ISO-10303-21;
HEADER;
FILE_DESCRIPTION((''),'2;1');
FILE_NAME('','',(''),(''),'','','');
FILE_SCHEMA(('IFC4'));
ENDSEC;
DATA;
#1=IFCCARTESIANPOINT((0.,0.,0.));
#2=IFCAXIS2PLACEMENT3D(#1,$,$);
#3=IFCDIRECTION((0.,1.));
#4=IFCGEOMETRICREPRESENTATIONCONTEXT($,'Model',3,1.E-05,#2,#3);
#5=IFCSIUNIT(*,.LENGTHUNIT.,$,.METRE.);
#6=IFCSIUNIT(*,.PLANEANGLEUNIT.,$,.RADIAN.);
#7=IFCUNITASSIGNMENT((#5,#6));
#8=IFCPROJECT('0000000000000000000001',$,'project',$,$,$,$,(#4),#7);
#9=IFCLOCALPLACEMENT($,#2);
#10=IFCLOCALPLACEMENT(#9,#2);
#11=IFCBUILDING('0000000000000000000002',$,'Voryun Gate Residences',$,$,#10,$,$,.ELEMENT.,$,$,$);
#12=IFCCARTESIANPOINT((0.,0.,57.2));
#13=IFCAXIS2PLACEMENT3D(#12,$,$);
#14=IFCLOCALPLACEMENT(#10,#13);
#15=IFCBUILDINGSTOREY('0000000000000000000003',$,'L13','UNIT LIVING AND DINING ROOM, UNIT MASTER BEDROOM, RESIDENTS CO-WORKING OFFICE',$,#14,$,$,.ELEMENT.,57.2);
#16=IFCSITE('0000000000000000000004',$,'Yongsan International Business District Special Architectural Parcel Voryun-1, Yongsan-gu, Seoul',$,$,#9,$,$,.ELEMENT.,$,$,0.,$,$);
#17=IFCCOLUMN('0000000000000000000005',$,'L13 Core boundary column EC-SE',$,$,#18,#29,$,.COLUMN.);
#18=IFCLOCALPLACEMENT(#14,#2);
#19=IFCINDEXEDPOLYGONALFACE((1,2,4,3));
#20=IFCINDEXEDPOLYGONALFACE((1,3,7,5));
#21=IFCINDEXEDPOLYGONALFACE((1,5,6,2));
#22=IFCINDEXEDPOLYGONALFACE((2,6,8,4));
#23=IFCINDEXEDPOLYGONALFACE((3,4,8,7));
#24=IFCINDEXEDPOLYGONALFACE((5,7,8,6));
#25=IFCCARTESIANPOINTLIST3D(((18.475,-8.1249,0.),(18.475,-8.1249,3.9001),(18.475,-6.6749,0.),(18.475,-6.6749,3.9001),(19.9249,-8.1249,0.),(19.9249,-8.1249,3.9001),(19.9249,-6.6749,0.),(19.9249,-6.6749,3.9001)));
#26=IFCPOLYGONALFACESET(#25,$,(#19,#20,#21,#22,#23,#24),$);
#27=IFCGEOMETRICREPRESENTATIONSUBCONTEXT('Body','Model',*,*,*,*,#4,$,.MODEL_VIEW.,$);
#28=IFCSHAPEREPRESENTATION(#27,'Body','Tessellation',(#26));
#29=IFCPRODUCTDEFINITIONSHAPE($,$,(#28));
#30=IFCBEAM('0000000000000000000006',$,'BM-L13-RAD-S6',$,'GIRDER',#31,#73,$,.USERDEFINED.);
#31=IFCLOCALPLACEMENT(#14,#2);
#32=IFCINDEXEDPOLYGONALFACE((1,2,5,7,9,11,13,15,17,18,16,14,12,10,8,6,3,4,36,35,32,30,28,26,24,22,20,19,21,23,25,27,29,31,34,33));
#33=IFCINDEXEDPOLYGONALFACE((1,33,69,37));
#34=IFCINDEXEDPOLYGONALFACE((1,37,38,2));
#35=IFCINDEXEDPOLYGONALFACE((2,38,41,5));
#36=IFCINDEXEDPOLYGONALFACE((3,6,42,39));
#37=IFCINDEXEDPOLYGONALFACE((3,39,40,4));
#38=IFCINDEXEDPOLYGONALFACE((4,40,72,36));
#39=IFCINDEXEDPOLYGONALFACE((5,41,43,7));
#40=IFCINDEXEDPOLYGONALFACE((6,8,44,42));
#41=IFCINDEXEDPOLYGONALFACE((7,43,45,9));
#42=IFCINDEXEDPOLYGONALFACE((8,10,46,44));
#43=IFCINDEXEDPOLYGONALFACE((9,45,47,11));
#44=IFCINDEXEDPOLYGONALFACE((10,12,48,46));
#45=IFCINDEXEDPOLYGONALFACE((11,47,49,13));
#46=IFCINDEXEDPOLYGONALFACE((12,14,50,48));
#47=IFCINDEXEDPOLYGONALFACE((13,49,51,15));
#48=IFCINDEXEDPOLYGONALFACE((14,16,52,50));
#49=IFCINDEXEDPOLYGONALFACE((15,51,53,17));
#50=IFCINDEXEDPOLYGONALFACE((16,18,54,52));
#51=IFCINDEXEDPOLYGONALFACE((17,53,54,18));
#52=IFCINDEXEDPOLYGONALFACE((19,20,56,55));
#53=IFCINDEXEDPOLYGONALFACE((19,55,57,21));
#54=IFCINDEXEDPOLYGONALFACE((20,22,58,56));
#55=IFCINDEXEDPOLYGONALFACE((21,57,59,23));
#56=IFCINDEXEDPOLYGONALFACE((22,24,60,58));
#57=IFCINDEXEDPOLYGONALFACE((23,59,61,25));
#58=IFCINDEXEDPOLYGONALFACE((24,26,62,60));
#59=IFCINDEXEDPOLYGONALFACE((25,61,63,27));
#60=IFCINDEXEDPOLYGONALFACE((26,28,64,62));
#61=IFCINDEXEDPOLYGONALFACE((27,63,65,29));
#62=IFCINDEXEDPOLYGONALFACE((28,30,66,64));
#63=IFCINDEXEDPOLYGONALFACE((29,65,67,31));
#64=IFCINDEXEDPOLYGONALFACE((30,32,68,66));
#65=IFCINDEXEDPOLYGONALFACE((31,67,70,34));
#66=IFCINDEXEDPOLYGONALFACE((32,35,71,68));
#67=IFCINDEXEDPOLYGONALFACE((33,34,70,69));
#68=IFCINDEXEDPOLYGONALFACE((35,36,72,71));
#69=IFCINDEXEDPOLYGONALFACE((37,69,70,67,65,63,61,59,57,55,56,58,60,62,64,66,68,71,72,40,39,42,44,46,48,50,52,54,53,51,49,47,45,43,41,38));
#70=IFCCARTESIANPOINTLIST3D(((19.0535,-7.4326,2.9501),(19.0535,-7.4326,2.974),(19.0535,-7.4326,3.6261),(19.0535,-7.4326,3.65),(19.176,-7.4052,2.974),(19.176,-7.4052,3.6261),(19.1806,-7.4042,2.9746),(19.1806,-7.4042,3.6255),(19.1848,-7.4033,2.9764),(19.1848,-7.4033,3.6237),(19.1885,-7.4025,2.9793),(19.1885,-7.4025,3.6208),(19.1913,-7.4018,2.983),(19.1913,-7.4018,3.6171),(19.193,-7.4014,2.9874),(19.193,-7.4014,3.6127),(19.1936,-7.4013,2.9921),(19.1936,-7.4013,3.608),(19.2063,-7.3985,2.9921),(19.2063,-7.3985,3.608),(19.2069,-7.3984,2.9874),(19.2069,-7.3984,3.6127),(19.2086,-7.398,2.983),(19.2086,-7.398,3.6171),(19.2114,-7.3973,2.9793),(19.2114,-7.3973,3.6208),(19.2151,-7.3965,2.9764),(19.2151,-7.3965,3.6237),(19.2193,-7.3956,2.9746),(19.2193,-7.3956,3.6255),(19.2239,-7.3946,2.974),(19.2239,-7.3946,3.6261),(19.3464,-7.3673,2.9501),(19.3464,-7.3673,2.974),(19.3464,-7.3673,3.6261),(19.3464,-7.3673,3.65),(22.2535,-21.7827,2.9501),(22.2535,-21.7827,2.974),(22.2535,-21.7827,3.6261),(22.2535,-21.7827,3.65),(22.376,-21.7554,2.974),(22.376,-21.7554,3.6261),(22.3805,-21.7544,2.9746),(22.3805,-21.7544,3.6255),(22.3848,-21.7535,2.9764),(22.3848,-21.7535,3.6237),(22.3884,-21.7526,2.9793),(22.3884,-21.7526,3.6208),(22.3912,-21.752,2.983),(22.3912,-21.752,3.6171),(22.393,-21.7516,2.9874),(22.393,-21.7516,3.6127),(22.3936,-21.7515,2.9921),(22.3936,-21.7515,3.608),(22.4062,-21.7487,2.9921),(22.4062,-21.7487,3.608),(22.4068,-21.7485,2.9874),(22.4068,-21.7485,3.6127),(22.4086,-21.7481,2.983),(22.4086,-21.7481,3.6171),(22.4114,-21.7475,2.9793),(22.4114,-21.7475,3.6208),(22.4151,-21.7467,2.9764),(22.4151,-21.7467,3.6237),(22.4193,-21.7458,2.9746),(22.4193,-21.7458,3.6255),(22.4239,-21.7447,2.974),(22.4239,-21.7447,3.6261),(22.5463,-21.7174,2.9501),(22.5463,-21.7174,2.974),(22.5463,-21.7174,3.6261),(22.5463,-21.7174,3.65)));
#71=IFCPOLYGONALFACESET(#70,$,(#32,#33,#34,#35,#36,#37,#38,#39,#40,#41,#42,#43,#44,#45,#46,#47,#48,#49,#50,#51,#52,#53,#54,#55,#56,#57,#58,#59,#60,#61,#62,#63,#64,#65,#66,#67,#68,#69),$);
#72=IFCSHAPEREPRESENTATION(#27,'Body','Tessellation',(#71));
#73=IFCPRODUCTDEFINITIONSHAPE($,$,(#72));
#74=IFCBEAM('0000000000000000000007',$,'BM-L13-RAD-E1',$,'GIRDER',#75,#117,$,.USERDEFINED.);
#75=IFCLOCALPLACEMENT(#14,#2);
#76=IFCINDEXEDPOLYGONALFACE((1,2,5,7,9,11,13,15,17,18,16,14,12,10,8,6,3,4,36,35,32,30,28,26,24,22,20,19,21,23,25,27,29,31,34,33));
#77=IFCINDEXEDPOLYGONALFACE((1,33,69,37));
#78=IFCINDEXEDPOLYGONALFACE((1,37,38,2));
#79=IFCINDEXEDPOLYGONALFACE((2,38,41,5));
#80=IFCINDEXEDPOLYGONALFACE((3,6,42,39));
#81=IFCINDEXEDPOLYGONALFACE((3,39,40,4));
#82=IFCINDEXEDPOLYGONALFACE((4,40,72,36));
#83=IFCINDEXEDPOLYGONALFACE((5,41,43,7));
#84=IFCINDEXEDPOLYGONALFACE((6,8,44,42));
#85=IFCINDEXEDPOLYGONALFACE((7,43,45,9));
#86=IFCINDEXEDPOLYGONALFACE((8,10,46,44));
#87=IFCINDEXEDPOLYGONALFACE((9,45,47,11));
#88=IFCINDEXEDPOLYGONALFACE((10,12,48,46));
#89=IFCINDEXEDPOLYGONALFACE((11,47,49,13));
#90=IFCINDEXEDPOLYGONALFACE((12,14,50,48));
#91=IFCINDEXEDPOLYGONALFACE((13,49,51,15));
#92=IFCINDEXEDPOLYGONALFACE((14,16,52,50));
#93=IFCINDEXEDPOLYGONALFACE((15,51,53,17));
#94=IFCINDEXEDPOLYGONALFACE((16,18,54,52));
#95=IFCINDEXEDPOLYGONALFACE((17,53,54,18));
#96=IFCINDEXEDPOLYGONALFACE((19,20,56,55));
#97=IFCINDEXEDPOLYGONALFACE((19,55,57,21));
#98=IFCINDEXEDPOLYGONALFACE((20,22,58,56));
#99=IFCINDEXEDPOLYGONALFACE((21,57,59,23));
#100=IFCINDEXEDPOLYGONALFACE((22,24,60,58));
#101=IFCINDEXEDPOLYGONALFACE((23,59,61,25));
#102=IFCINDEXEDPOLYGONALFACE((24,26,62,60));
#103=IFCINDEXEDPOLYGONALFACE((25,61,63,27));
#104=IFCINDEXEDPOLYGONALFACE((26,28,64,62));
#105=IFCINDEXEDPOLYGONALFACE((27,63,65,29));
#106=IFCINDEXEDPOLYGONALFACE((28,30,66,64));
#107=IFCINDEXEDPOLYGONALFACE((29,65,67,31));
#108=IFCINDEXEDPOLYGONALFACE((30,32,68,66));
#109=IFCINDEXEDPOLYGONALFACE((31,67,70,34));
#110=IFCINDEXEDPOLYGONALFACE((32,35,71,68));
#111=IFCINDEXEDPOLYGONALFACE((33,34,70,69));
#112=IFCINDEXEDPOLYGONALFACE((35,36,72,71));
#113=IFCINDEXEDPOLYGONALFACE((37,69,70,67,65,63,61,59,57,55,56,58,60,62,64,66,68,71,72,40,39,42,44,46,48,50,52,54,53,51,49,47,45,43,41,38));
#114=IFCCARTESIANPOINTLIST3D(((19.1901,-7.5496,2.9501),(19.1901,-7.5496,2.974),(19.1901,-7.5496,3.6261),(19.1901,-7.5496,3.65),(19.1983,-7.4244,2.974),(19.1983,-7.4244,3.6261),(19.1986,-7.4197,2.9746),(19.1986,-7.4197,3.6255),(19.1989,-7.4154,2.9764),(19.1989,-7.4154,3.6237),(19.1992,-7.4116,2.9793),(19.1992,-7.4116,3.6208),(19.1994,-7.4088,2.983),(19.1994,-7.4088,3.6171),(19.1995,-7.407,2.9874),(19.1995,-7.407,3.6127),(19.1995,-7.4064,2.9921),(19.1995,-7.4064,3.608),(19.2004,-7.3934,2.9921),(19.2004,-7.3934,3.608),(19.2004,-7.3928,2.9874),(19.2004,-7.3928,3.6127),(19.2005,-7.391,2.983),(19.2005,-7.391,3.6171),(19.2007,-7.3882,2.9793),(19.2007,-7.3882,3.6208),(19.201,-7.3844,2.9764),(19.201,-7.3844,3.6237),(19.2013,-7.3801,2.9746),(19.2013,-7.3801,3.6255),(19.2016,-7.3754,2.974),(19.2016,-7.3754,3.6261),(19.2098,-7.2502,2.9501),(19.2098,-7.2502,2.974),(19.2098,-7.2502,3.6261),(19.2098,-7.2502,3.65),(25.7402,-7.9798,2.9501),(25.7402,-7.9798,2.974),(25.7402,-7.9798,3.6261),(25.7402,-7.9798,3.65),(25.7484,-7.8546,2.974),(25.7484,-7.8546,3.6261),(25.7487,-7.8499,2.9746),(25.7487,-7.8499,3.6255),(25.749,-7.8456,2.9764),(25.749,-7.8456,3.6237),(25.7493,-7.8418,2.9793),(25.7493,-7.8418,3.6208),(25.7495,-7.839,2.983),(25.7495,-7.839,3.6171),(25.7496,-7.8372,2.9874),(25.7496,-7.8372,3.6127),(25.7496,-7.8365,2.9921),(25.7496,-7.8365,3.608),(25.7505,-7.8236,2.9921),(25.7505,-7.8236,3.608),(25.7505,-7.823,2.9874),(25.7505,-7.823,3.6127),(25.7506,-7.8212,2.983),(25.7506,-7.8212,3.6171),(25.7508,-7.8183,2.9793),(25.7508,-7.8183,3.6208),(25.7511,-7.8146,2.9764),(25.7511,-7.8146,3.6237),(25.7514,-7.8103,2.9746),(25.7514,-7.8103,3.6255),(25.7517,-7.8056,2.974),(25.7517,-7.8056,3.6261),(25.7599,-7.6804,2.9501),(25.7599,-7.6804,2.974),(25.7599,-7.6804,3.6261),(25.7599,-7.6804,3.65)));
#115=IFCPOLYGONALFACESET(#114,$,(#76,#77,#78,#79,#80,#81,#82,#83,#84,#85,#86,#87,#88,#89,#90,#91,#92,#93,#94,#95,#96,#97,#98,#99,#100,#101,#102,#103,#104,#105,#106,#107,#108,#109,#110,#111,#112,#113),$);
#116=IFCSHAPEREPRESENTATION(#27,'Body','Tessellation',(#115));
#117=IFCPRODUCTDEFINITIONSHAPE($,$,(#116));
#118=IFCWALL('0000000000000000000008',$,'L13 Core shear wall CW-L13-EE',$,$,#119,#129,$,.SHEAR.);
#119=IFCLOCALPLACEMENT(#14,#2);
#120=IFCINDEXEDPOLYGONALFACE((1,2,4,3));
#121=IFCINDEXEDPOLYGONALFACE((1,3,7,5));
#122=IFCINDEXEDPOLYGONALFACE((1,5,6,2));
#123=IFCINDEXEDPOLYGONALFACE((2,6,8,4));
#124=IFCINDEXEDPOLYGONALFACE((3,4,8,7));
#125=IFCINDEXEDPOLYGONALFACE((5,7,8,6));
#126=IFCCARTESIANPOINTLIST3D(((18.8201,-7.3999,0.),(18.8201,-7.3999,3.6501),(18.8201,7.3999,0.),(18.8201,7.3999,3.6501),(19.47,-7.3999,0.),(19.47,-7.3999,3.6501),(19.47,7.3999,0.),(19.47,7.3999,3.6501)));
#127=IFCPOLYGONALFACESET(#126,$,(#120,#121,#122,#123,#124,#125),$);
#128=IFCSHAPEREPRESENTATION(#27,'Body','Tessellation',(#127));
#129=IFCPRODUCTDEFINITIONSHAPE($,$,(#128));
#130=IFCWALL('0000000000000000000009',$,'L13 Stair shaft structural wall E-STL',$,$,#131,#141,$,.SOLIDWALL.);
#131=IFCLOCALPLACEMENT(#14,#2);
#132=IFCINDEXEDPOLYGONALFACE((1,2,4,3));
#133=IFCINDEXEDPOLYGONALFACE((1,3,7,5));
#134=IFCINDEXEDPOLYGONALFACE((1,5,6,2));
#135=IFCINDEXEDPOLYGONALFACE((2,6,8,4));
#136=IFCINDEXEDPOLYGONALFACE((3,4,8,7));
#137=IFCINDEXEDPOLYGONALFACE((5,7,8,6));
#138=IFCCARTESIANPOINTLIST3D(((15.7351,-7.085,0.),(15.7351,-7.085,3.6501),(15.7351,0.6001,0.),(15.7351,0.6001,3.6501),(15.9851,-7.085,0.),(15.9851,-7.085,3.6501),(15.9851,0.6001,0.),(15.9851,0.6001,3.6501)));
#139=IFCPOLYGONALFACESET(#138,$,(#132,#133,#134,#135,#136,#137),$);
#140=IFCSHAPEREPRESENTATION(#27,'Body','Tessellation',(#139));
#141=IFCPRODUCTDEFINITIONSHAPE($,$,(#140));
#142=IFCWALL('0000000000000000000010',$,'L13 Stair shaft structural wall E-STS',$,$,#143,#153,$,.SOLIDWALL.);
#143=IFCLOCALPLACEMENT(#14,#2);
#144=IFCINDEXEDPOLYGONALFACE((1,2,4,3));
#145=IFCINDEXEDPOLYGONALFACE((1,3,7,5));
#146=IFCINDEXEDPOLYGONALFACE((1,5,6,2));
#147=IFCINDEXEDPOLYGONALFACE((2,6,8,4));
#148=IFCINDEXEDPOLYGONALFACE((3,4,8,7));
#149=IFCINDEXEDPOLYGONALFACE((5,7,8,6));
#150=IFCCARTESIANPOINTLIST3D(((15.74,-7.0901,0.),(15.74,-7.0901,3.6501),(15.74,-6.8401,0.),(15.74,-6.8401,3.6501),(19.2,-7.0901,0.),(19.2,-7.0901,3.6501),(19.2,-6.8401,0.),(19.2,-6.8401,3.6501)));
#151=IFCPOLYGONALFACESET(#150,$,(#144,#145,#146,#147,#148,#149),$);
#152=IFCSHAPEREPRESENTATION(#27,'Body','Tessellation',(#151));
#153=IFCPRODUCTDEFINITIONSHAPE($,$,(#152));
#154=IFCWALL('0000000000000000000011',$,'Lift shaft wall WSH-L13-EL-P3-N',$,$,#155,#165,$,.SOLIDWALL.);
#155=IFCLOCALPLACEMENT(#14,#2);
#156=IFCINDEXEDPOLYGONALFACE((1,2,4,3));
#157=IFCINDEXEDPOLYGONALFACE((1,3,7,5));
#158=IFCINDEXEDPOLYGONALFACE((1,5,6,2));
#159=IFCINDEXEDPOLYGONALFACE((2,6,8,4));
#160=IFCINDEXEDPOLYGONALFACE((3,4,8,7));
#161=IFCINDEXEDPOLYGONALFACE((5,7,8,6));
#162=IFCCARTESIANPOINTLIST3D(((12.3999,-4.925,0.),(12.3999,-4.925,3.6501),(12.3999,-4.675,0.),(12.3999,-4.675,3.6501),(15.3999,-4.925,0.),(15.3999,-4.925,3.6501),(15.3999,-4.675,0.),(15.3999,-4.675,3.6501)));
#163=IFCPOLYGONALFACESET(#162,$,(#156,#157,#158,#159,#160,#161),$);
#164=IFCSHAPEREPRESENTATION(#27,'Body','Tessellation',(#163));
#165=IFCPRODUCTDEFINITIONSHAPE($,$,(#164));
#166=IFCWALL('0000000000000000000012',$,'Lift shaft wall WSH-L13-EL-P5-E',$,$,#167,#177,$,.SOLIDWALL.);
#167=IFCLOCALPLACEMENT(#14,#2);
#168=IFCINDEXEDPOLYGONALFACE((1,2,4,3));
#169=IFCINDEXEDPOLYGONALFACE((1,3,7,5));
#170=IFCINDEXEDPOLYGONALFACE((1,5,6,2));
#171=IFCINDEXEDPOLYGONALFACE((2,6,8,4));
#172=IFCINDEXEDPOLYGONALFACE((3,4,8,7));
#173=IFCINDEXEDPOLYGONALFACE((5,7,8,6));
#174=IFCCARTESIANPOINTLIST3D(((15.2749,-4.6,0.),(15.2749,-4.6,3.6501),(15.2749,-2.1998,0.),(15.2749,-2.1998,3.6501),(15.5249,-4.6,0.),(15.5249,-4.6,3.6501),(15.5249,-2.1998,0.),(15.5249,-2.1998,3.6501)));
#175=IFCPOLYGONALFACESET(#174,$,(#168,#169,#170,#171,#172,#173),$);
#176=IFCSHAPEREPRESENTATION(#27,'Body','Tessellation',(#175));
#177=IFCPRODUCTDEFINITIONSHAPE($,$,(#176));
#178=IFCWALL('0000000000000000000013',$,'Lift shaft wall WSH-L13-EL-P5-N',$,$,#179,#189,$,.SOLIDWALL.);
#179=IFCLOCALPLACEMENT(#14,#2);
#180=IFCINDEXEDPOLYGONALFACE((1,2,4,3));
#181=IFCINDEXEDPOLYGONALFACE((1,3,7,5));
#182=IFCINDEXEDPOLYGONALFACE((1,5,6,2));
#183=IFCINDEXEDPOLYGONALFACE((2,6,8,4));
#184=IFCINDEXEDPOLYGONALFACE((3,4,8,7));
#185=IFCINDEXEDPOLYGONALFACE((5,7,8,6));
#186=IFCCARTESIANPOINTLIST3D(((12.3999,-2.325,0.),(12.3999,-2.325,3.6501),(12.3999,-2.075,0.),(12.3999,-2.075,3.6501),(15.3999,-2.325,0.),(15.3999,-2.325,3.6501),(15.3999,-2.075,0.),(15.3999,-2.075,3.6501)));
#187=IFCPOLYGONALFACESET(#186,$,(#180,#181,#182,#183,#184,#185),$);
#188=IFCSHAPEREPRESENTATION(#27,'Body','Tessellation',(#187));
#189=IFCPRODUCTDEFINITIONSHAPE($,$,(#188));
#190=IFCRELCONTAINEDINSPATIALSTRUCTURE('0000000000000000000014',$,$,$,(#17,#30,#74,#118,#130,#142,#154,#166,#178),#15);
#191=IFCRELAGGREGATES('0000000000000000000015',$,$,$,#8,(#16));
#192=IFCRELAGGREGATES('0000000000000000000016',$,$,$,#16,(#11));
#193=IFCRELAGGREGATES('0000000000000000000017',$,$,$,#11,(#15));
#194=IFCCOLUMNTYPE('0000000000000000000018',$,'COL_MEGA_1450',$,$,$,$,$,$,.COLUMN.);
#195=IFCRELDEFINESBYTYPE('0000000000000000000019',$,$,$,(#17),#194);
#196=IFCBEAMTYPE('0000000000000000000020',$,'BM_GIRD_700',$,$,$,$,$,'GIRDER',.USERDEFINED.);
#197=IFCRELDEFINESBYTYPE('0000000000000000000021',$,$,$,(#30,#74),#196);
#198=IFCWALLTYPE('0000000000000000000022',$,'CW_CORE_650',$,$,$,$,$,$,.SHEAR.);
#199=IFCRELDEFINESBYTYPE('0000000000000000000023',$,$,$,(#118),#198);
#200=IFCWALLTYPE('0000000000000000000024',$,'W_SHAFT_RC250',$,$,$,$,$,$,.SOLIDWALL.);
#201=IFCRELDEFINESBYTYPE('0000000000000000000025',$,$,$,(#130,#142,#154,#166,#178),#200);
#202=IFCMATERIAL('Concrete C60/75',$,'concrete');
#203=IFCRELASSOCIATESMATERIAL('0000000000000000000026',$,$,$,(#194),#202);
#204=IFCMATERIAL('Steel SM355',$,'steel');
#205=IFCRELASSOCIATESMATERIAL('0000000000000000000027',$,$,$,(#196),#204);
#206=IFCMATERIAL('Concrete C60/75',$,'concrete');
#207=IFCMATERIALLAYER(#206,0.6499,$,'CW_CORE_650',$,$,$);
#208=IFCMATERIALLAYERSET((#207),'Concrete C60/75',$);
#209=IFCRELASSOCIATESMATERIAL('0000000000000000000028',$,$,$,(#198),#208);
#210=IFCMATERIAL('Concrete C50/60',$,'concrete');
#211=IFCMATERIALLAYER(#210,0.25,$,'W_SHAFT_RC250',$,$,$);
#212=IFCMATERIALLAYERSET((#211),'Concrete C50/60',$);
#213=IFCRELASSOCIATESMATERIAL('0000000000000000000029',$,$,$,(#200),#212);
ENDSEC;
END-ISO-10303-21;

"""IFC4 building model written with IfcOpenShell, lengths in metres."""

from ifc_helpers import new_model, si_unit, direction, frame, frame_2d, origin, origin_2d, place, context, subcontext, project, spatial, rectangle, i_section, extrude, material, layer, layer_set, material_profile, profile_set, type_object, element, save


model = new_model("IFC4")

# Units and contexts
model_context = context("Model", 3, precision=1e-05, world=origin(), true_north=direction((0.0, 1.0)))
body_context = subcontext(model_context, "Body", "Model", "MODEL_VIEW")
ifc_project = project(units=[si_unit("LENGTHUNIT", "METRE"), si_unit("PLANEANGLEUNIT", "RADIAN")], contexts=[model_context])

# Site, building, storey
site_placement = place(None, origin())
site = spatial("IfcSite", under=ifc_project, at=site_placement, Name="Yongsan International Business District Special Architectural Parcel Voryun-1, Yongsan-gu, Seoul", CompositionType="ELEMENT", RefElevation=0.0)
building_placement = place(site_placement, origin())
building = spatial("IfcBuilding", under=site, at=building_placement, Name="Voryun Gate Residences", CompositionType="ELEMENT")
storey_placement = place(building_placement, frame((0.0, 0.0, 57.2)))
storey = spatial("IfcBuildingStorey", under=building, at=storey_placement, Name="L13", Description="UNIT LIVING AND DINING ROOM, UNIT MASTER BEDROOM, RESIDENTS CO-WORKING OFFICE", CompositionType="ELEMENT", Elevation=57.2)

# Column
ifc_material_1 = material(Name="Concrete C60/75", Category="concrete")
ifc_material_profile_1 = material_profile(ifc_material_1, rectangle(XDim=1.45, YDim=1.45, at=origin_2d()), Name="RC-1450x1450")
ifc_profile_set_1 = profile_set([ifc_material_profile_1], Name="Concrete C60/75")
column_type = type_object("IfcColumnType", Name="COL_MEGA_1450", PredefinedType="COLUMN", material=ifc_profile_set_1)
column_placement = place(storey_placement, frame((19.2, -7.3999, 0.0), z_axis=(0.0, 0.0, 1.0), x_axis=(1.0, 0.0, 0.0)))
element("IfcColumn", 1, at=column_placement, inside=storey, type_object=column_type, Name="L13 Core boundary column EC-SE", PredefinedType="COLUMN", context=body_context, shape_type="SweptSolid", body=[
    extrude(rectangle(XDim=1.45, YDim=1.45, at=origin_2d()), origin(), (0.0, 0.0, 1.0), 3.9001),
])

# Beams
ifc_material_2 = material(Name="Steel SM355", Category="steel")
ifc_material_profile_2 = material_profile(ifc_material_2, i_section(OverallWidth=0.3, OverallDepth=0.7, WebThickness=0.0129, FlangeThickness=0.0239, FilletRadius=0.0181, at=origin_2d()), Name="H-700x300x13x24")
ifc_profile_set_2 = profile_set([ifc_material_profile_2], Name="Steel SM355")
beam_type = type_object("IfcBeamType", Name="BM_GIRD_700", ElementType="GIRDER", PredefinedType="USERDEFINED", material=ifc_profile_set_2)
beam_1_placement = place(storey_placement, frame((19.2, -7.3999, 3.3), z_axis=(0.217646, -0.976028, 0.0), x_axis=(0.976028, 0.217646, 0.0)))
element("IfcBeam", 2, at=beam_1_placement, inside=storey, type_object=beam_type, Name="BM-L13-RAD-S6", ObjectType="GIRDER", PredefinedType="USERDEFINED", context=body_context, shape_type="SweptSolid", body=[
    extrude(i_section(OverallWidth=0.3, OverallDepth=0.7, WebThickness=0.0129, FlangeThickness=0.0239, FilletRadius=0.0181, at=origin_2d()), origin(), (0.0, 0.0, 1.0), 14.7026),
])
beam_2_placement = place(storey_placement, frame((19.2, -7.3999, 3.3), z_axis=(0.99785, -0.065534, 0.0), x_axis=(0.065534, 0.99785, 0.0)))
element("IfcBeam", 3, at=beam_2_placement, inside=storey, type_object=beam_type, Name="BM-L13-RAD-E1", ObjectType="GIRDER", PredefinedType="USERDEFINED", context=body_context, shape_type="SweptSolid", body=[
    extrude(i_section(OverallWidth=0.3, OverallDepth=0.7, WebThickness=0.0129, FlangeThickness=0.0239, FilletRadius=0.0181, at=origin_2d()), origin(), (0.0, 0.0, 1.0), 6.5642),
])

# Walls
ifc_material_3 = material(Name="Concrete C60/75", Category="concrete")
ifc_layer_1 = layer(ifc_material_3, 0.6499, Name="CW_CORE_650")
ifc_layer_set_1 = layer_set([ifc_layer_1], Name="Concrete C60/75")
wall_type_1 = type_object("IfcWallType", Name="CW_CORE_650", PredefinedType="SHEAR", material=ifc_layer_set_1)
wall_1_placement = place(storey_placement, frame((19.145, -7.3999, 0.0), z_axis=(0.0, 0.0, 1.0), x_axis=(0.0, 1.0, 0.0)))
element("IfcWall", 4, at=wall_1_placement, inside=storey, type_object=wall_type_1, Name="L13 Core shear wall CW-L13-EE", PredefinedType="SHEAR", context=body_context, shape_type="SweptSolid", body=[
    extrude(rectangle(XDim=14.7998, YDim=0.6499, at=frame_2d((7.3999, 0.0))), origin(), (0.0, 0.0, 1.0), 3.6501),
])
ifc_material_4 = material(Name="Concrete C50/60", Category="concrete")
ifc_layer_2 = layer(ifc_material_4, 0.25, Name="W_SHAFT_RC250")
ifc_layer_set_2 = layer_set([ifc_layer_2], Name="Concrete C50/60")
wall_type_2 = type_object("IfcWallType", Name="W_SHAFT_RC250", PredefinedType="SOLIDWALL", material=ifc_layer_set_2)
wall_2_placement = place(storey_placement, frame((15.8601, -7.085, 0.0), z_axis=(0.0, 0.0, 1.0), x_axis=(0.0, 1.0, 0.0)))
element("IfcWall", 5, at=wall_2_placement, inside=storey, type_object=wall_type_2, Name="L13 Stair shaft structural wall E-STL", PredefinedType="SOLIDWALL", context=body_context, shape_type="SweptSolid", body=[
    extrude(rectangle(XDim=7.6851, YDim=0.25, at=frame_2d((3.8425, 0.0))), origin(), (0.0, 0.0, 1.0), 3.6501),
])
wall_3_placement = place(storey_placement, frame((15.74, -6.9651, 0.0), z_axis=(0.0, 0.0, 1.0), x_axis=(1.0, 0.0, 0.0)))
element("IfcWall", 6, at=wall_3_placement, inside=storey, type_object=wall_type_2, Name="L13 Stair shaft structural wall E-STS", PredefinedType="SOLIDWALL", context=body_context, shape_type="SweptSolid", body=[
    extrude(rectangle(XDim=3.46, YDim=0.25, at=frame_2d((1.73, 0.0))), origin(), (0.0, 0.0, 1.0), 3.6501),
])
wall_4_placement = place(storey_placement, frame((15.3999, -4.8, 0.0), z_axis=(0.0, 0.0, 1.0), x_axis=(-1.0, 0.0, 0.0)))
element("IfcWall", 7, at=wall_4_placement, inside=storey, type_object=wall_type_2, Name="Lift shaft wall WSH-L13-EL-P3-N", PredefinedType="SOLIDWALL", context=body_context, shape_type="SweptSolid", body=[
    extrude(rectangle(XDim=3.0, YDim=0.25, at=frame_2d((1.5, 0.0))), origin(), (0.0, 0.0, 1.0), 3.6501),
])
wall_5_placement = place(storey_placement, frame((15.3999, -4.6001, 0.0), z_axis=(0.0, 0.0, 1.0), x_axis=(0.0, 1.0, 0.0)))
element("IfcWall", 8, at=wall_5_placement, inside=storey, type_object=wall_type_2, Name="Lift shaft wall WSH-L13-EL-P5-E", PredefinedType="SOLIDWALL", context=body_context, shape_type="SweptSolid", body=[
    extrude(rectangle(XDim=2.4001, YDim=0.25, at=frame_2d((1.2002, 0.0))), origin(), (0.0, 0.0, 1.0), 3.6501),
])
wall_6_placement = place(storey_placement, frame((15.3999, -2.2, 0.0), z_axis=(0.0, 0.0, 1.0), x_axis=(-1.0, 0.0, 0.0)))
element("IfcWall", 9, at=wall_6_placement, inside=storey, type_object=wall_type_2, Name="Lift shaft wall WSH-L13-EL-P5-N", PredefinedType="SOLIDWALL", context=body_context, shape_type="SweptSolid", body=[
    extrude(rectangle(XDim=3.0, YDim=0.25, at=frame_2d((1.5, 0.0))), origin(), (0.0, 0.0, 1.0), 3.6501),
])

save(model, "model.ifc")
